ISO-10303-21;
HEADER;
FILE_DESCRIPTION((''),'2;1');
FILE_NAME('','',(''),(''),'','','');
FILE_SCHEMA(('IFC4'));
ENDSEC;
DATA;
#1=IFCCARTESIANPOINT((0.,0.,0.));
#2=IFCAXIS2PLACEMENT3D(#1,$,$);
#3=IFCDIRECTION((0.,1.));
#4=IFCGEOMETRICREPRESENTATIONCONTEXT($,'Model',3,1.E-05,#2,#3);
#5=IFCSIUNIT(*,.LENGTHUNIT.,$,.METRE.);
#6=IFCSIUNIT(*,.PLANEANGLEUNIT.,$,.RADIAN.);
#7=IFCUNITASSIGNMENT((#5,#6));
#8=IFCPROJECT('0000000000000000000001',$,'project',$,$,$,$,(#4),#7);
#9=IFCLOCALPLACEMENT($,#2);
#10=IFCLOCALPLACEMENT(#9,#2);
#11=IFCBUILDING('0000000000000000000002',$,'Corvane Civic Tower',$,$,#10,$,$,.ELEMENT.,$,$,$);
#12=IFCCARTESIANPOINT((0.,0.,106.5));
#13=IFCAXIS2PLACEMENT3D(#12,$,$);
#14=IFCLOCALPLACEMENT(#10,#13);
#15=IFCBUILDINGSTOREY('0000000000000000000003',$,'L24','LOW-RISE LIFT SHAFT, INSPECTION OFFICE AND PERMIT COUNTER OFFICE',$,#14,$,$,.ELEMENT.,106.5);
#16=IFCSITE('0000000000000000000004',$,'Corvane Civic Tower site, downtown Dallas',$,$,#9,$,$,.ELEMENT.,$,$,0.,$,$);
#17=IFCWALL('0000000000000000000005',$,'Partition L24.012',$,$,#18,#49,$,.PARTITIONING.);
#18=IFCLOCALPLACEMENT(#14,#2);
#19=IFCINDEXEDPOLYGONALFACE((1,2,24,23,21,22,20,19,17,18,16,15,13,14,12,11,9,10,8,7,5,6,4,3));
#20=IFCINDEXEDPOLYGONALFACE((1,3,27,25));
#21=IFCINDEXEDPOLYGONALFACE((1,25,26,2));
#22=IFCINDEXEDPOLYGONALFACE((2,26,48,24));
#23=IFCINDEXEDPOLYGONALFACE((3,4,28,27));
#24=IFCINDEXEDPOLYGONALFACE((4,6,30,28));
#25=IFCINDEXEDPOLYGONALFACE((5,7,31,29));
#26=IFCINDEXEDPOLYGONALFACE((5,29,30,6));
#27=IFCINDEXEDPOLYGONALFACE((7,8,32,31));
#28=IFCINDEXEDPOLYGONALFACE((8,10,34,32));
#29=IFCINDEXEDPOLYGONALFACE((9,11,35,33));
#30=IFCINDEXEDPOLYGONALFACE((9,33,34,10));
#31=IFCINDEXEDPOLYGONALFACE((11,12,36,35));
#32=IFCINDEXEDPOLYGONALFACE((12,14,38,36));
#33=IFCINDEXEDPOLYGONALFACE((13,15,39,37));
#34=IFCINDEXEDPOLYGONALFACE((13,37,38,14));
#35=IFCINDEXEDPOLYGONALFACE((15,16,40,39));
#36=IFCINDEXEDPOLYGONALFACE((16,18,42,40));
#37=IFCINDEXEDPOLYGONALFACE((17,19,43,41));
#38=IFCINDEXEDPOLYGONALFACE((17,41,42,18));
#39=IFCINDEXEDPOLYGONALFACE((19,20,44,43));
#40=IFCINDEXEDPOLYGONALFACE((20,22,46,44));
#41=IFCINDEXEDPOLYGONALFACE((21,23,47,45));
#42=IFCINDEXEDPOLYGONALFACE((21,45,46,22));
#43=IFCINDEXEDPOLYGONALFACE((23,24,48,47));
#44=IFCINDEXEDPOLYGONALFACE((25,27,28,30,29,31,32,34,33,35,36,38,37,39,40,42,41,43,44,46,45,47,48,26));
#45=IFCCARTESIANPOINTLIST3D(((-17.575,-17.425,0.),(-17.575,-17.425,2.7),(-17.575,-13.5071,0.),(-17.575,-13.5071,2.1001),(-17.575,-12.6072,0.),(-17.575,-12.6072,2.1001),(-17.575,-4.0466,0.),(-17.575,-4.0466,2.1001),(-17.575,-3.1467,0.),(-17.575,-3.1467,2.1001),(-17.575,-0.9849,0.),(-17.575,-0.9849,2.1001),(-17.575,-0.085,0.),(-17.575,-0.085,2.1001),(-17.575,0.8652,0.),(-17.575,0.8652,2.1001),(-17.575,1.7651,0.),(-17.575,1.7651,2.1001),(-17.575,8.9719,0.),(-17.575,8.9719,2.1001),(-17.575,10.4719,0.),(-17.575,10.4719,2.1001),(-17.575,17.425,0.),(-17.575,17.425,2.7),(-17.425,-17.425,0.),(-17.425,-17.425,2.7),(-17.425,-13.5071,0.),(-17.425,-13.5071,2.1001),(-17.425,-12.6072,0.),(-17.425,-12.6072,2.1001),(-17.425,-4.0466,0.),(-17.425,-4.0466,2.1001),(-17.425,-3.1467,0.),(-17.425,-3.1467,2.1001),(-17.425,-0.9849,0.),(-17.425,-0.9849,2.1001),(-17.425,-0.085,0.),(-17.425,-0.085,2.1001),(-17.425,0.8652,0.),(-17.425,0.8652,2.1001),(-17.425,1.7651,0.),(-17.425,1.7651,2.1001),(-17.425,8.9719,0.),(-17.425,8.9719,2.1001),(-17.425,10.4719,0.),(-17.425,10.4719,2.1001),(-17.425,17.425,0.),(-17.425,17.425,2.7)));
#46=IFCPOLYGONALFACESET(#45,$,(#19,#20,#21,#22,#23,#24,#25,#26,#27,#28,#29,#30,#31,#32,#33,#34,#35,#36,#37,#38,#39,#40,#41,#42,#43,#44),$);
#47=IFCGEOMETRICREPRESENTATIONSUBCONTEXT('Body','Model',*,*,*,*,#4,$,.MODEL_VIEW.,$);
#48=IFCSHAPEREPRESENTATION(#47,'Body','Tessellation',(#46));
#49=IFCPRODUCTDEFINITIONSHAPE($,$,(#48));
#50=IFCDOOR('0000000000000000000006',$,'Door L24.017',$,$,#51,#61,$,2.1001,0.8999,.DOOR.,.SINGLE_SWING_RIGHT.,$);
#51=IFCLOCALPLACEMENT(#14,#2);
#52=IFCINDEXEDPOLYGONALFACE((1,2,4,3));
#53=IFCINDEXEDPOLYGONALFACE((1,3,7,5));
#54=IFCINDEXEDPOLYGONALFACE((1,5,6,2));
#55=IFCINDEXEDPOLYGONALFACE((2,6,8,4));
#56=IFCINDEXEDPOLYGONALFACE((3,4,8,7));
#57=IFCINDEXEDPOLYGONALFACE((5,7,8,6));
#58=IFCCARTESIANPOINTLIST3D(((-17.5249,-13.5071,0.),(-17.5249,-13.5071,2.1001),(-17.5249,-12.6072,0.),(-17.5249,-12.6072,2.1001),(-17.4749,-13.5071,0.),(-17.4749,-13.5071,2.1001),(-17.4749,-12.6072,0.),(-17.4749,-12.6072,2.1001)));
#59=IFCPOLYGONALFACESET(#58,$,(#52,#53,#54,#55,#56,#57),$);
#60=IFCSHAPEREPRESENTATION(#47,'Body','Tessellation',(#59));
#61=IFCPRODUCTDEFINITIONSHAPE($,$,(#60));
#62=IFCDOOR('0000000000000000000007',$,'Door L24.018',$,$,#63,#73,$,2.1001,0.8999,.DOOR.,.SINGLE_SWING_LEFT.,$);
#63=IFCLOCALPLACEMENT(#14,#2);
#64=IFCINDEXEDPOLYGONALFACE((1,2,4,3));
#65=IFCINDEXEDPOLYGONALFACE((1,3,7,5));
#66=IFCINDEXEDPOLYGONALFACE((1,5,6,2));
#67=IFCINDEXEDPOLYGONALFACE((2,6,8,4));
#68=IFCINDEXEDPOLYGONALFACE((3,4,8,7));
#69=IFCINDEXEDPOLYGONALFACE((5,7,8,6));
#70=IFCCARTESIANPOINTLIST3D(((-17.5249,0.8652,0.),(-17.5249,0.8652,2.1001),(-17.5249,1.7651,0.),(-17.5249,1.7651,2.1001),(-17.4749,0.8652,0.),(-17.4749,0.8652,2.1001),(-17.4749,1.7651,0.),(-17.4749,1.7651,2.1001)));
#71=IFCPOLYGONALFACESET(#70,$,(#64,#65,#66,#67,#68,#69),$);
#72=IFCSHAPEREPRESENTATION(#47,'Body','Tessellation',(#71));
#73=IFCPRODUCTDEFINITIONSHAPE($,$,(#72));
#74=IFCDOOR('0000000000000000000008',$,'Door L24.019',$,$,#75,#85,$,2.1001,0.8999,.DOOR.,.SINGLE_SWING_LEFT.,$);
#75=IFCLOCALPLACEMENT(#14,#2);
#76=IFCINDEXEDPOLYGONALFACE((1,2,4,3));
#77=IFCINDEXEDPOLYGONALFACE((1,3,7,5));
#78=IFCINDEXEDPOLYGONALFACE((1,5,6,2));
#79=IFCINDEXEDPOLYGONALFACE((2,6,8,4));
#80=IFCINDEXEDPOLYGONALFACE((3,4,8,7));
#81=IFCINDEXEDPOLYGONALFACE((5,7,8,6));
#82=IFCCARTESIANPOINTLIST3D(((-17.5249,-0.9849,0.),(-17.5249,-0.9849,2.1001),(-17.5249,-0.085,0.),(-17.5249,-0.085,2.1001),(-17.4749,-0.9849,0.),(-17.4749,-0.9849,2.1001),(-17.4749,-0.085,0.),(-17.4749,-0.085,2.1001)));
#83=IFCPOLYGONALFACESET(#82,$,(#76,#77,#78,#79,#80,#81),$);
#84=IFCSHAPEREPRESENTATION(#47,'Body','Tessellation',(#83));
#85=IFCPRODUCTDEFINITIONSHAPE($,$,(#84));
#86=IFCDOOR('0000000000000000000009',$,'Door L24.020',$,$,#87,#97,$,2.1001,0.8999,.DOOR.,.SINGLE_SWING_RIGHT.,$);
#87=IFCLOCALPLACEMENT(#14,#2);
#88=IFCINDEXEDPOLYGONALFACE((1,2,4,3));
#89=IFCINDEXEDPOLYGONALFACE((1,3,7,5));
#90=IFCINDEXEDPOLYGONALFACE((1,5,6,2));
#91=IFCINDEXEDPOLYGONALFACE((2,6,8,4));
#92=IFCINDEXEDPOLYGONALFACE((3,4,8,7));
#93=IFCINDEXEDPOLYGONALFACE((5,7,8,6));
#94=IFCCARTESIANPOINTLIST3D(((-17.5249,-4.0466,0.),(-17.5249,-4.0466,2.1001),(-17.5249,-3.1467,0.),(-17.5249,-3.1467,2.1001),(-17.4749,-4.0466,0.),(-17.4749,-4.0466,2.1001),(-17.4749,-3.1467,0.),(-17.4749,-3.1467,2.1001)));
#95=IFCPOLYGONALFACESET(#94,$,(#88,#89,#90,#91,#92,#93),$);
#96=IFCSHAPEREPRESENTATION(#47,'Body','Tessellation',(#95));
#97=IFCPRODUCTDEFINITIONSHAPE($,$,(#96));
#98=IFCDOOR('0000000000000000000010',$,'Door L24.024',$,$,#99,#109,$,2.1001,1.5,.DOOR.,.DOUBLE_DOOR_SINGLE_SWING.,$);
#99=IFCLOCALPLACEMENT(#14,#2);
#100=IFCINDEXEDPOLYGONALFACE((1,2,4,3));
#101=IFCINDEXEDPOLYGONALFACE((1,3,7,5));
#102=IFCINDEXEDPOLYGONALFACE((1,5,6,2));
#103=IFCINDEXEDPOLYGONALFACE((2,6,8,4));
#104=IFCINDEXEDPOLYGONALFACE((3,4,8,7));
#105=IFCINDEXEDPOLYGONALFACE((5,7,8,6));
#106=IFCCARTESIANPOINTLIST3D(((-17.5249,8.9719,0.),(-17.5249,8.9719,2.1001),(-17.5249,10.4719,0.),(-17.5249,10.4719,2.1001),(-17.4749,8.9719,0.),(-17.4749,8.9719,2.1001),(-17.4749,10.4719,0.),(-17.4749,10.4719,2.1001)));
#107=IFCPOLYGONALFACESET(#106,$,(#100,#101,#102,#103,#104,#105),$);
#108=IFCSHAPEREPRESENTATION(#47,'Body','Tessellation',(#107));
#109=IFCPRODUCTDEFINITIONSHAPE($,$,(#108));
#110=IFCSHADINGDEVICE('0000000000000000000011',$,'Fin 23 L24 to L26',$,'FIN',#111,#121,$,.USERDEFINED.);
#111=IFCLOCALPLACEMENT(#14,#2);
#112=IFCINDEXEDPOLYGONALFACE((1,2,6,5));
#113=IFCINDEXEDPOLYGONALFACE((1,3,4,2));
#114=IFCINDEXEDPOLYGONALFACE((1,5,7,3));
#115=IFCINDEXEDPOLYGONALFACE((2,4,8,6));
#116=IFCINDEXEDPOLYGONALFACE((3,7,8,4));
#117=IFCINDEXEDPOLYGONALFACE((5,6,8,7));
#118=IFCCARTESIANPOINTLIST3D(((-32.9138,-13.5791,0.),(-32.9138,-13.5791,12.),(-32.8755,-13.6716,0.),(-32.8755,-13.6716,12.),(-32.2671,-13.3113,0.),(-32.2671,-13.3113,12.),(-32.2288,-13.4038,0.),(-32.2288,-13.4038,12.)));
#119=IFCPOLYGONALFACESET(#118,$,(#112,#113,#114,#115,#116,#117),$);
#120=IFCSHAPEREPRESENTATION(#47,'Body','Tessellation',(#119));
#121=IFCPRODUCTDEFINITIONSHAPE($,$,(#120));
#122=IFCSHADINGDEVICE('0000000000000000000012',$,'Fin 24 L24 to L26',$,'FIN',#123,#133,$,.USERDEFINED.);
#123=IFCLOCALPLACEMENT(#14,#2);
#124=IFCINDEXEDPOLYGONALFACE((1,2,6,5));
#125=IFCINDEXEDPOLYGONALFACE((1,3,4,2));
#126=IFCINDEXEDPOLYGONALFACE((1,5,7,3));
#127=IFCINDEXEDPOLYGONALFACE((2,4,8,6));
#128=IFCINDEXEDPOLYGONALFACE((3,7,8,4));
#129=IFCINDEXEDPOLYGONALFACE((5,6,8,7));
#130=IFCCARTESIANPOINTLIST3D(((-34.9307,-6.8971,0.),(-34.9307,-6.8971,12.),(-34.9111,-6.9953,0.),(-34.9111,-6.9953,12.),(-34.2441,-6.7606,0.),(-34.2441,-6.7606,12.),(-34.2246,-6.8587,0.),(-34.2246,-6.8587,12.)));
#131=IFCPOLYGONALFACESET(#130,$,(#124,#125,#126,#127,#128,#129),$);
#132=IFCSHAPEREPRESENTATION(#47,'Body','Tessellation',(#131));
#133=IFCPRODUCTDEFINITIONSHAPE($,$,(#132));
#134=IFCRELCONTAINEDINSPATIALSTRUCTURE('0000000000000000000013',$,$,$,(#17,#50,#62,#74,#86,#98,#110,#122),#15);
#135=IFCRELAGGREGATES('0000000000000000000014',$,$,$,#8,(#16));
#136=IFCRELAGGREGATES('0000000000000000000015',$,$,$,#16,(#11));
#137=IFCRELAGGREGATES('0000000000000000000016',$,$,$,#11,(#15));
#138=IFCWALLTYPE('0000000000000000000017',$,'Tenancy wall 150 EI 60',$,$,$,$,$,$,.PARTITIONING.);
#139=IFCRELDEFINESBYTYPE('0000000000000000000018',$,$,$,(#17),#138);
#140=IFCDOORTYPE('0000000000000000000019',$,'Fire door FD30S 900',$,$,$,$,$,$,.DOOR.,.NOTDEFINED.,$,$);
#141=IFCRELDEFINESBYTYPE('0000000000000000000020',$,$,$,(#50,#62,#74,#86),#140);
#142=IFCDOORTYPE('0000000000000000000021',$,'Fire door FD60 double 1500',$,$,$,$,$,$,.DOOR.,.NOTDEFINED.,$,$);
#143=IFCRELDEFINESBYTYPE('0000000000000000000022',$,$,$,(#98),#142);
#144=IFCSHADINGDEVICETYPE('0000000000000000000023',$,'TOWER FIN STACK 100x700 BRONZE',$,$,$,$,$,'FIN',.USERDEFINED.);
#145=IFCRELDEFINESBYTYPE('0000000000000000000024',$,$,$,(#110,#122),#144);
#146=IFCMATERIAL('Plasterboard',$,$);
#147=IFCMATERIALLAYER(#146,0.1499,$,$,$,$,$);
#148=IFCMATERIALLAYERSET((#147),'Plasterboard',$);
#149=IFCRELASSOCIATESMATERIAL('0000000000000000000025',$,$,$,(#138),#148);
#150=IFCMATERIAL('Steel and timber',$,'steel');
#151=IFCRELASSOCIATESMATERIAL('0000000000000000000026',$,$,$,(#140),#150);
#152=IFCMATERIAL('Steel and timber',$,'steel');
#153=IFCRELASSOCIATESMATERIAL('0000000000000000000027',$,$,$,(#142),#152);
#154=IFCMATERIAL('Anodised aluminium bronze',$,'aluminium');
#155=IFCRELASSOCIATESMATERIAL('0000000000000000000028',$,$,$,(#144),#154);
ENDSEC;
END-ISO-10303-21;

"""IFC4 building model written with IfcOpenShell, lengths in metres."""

from ifc_helpers import new_model, si_unit, direction, frame, frame_2d, origin, origin_2d, place, context, subcontext, project, spatial, rectangle, extrude, material, layer, layer_set, material_profile, profile_set, type_object, element, fill, save


model = new_model("IFC4")

# Units and contexts
model_context = context("Model", 3, precision=1e-05, world=origin(), true_north=direction((0.0, 1.0)))
body_context = subcontext(model_context, "Body", "Model", "MODEL_VIEW")
ifc_project = project(units=[si_unit("LENGTHUNIT", "METRE"), si_unit("PLANEANGLEUNIT", "RADIAN")], contexts=[model_context])

# Site, building, storey
site_placement = place(None, origin())
site = spatial("IfcSite", under=ifc_project, at=site_placement, Name="Corvane Civic Tower site, downtown Dallas", CompositionType="ELEMENT", RefElevation=0.0)
building_placement = place(site_placement, origin())
building = spatial("IfcBuilding", under=site, at=building_placement, Name="Corvane Civic Tower", CompositionType="ELEMENT")
storey_placement = place(building_placement, frame((0.0, 0.0, 106.5)))
storey = spatial("IfcBuildingStorey", under=building, at=storey_placement, Name="L24", Description="LOW-RISE LIFT SHAFT, INSPECTION OFFICE AND PERMIT COUNTER OFFICE", CompositionType="ELEMENT", Elevation=106.5)

# Wall, openings, doors
ifc_material_1 = material(Name="Plasterboard")
ifc_layer_1 = layer(ifc_material_1, 0.1499)
ifc_layer_set_1 = layer_set([ifc_layer_1], Name="Plasterboard")
wall_type_1 = type_object("IfcWallType", Name="Tenancy wall 150 EI 60", PredefinedType="PARTITIONING", material=ifc_layer_set_1)
ifc_material_2 = material(Name="Steel and timber", Category="steel")
door_type_1 = type_object("IfcDoorType", Name="Fire door FD30S 900", OperationType="NOTDEFINED", PredefinedType="DOOR", material=ifc_material_2)
ifc_material_3 = material(Name="Steel and timber", Category="steel")
door_type_2 = type_object("IfcDoorType", Name="Fire door FD60 double 1500", OperationType="NOTDEFINED", PredefinedType="DOOR", material=ifc_material_3)
wall_1_placement = place(storey_placement, frame((-17.5, -17.425, 0.0), z_axis=(0.0, 0.0, 1.0), x_axis=(0.0, 1.0, 0.0)))
wall_1 = element("IfcWall", 1, at=wall_1_placement, inside=storey, type_object=wall_type_1, Name="Partition L24.012", PredefinedType="PARTITIONING", context=body_context, shape_type="SweptSolid", body=[
    extrude(rectangle(XDim=34.8501, YDim=0.1499, at=frame_2d((17.425, 0.0))), origin(), (0.0, 0.0, 1.0), 2.7),
])
opening_1_placement = place(wall_1_placement, frame((3.918, 0.0, 0.0)))
opening_1 = element("IfcOpeningElement", 2, at=opening_1_placement, cuts=wall_1, PredefinedType="OPENING", context=body_context, shape_type="SweptSolid", body=[
    extrude(rectangle(XDim=0.8999, YDim=2.1001, at=frame_2d((0.45, 1.05))), frame((0.0, 0.085, 0.0), z_axis=(0.0, -1.0, 0.0), x_axis=(1.0, 0.0, 0.0)), (0.0, 0.0, 1.0), 0.1699),
])
opening_2_placement = place(wall_1_placement, frame((18.2903, 0.0, 0.0)))
opening_2 = element("IfcOpeningElement", 3, at=opening_2_placement, cuts=wall_1, PredefinedType="OPENING", context=body_context, shape_type="SweptSolid", body=[
    extrude(rectangle(XDim=0.8999, YDim=2.1001, at=frame_2d((0.45, 1.05))), frame((0.0, 0.085, 0.0), z_axis=(0.0, -1.0, 0.0), x_axis=(1.0, 0.0, 0.0)), (0.0, 0.0, 1.0), 0.1699),
])
opening_3_placement = place(wall_1_placement, frame((16.4402, 0.0, 0.0)))
opening_3 = element("IfcOpeningElement", 4, at=opening_3_placement, cuts=wall_1, PredefinedType="OPENING", context=body_context, shape_type="SweptSolid", body=[
    extrude(rectangle(XDim=0.8999, YDim=2.1001, at=frame_2d((0.45, 1.05))), frame((0.0, 0.085, 0.0), z_axis=(0.0, -1.0, 0.0), x_axis=(1.0, 0.0, 0.0)), (0.0, 0.0, 1.0), 0.1699),
])
opening_4_placement = place(wall_1_placement, frame((13.3784, 0.0, 0.0)))
opening_4 = element("IfcOpeningElement", 5, at=opening_4_placement, cuts=wall_1, PredefinedType="OPENING", context=body_context, shape_type="SweptSolid", body=[
    extrude(rectangle(XDim=0.8999, YDim=2.1001, at=frame_2d((0.45, 1.05))), frame((0.0, 0.085, 0.0), z_axis=(0.0, -1.0, 0.0), x_axis=(1.0, 0.0, 0.0)), (0.0, 0.0, 1.0), 0.1699),
])
opening_5_placement = place(wall_1_placement, frame((26.397, 0.0, 0.0)))
opening_5 = element("IfcOpeningElement", 6, at=opening_5_placement, cuts=wall_1, PredefinedType="OPENING", context=body_context, shape_type="SweptSolid", body=[
    extrude(rectangle(XDim=1.5, YDim=2.1001, at=frame_2d((0.75, 1.05))), frame((0.0, 0.085, 0.0), z_axis=(0.0, -1.0, 0.0), x_axis=(1.0, 0.0, 0.0)), (0.0, 0.0, 1.0), 0.1699),
])
door_1_placement = place(opening_1_placement, origin())
door_1 = element("IfcDoor", 7, at=door_1_placement, inside=storey, type_object=door_type_1, Name="Door L24.017", OperationType="SINGLE_SWING_RIGHT", OverallHeight=2.1001, OverallWidth=0.8999, PredefinedType="DOOR", context=body_context, shape_type="SweptSolid", body=[
    extrude(rectangle(XDim=0.8999, YDim=2.1001, at=frame_2d((0.45, 1.05))), frame((0.0, 0.0249, 0.0), z_axis=(0.0, -1.0, 0.0), x_axis=(1.0, 0.0, 0.0)), (0.0, 0.0, 1.0), 0.05),
])
fill(opening_1, door_1)
door_2_placement = place(opening_2_placement, origin())
door_2 = element("IfcDoor", 8, at=door_2_placement, inside=storey, type_object=door_type_1, Name="Door L24.018", OperationType="SINGLE_SWING_LEFT", OverallHeight=2.1001, OverallWidth=0.8999, PredefinedType="DOOR", context=body_context, shape_type="SweptSolid", body=[
    extrude(rectangle(XDim=0.8999, YDim=2.1001, at=frame_2d((0.45, 1.05))), frame((0.0, 0.0249, 0.0), z_axis=(0.0, -1.0, 0.0), x_axis=(1.0, 0.0, 0.0)), (0.0, 0.0, 1.0), 0.05),
])
fill(opening_2, door_2)
door_3_placement = place(opening_3_placement, origin())
door_3 = element("IfcDoor", 9, at=door_3_placement, inside=storey, type_object=door_type_1, Name="Door L24.019", OperationType="SINGLE_SWING_LEFT", OverallHeight=2.1001, OverallWidth=0.8999, PredefinedType="DOOR", context=body_context, shape_type="SweptSolid", body=[
    extrude(rectangle(XDim=0.8999, YDim=2.1001, at=frame_2d((0.45, 1.05))), frame((0.0, 0.0249, 0.0), z_axis=(0.0, -1.0, 0.0), x_axis=(1.0, 0.0, 0.0)), (0.0, 0.0, 1.0), 0.05),
])
fill(opening_3, door_3)
door_4_placement = place(opening_4_placement, origin())
door_4 = element("IfcDoor", 10, at=door_4_placement, inside=storey, type_object=door_type_1, Name="Door L24.020", OperationType="SINGLE_SWING_RIGHT", OverallHeight=2.1001, OverallWidth=0.8999, PredefinedType="DOOR", context=body_context, shape_type="SweptSolid", body=[
    extrude(rectangle(XDim=0.8999, YDim=2.1001, at=frame_2d((0.45, 1.05))), frame((0.0, 0.0249, 0.0), z_axis=(0.0, -1.0, 0.0), x_axis=(1.0, 0.0, 0.0)), (0.0, 0.0, 1.0), 0.05),
])
fill(opening_4, door_4)
door_5_placement = place(opening_5_placement, origin())
door_5 = element("IfcDoor", 11, at=door_5_placement, inside=storey, type_object=door_type_2, Name="Door L24.024", OperationType="DOUBLE_DOOR_SINGLE_SWING", OverallHeight=2.1001, OverallWidth=1.5, PredefinedType="DOOR", context=body_context, shape_type="SweptSolid", body=[
    extrude(rectangle(XDim=1.5, YDim=2.1001, at=frame_2d((0.75, 1.05))), frame((0.0, 0.0249, 0.0), z_axis=(0.0, -1.0, 0.0), x_axis=(1.0, 0.0, 0.0)), (0.0, 0.0, 1.0), 0.05),
])
fill(opening_5, door_5)

# Shading devices
ifc_material_4 = material(Name="Anodised aluminium bronze", Category="aluminium")
ifc_material_profile_1 = material_profile(ifc_material_4, rectangle(XDim=0.1001, YDim=0.7, at=origin_2d()), Name="TOWER FIN STACK 100x700 BRONZE")
ifc_profile_set_1 = profile_set([ifc_material_profile_1], Name="Anodised aluminium bronze")
shading_device_type = type_object("IfcShadingDeviceType", Name="TOWER FIN STACK 100x700 BRONZE", ElementType="FIN", PredefinedType="USERDEFINED", material=ifc_profile_set_1)
for number, where, z_axis, x_axis, name in (
    (12, (-32.5713, -13.4915, 0.0), (0.0, 0.0, 1.0), (-0.382683, 0.92388, 0.0), "Fin 23 L24 to L26"),
    (13, (-34.5776, -6.8779, 0.0), (0.0, 0.0, 1.0), (-0.19509, 0.980785, 0.0), "Fin 24 L24 to L26"),
):
    element("IfcShadingDevice", number, at=place(storey_placement, frame(where, z_axis=z_axis, x_axis=x_axis)), inside=storey, type_object=shading_device_type, Name=name, ObjectType="FIN", PredefinedType="USERDEFINED", context=body_context, shape_type="SweptSolid", body=[
        extrude(rectangle(XDim=0.1001, YDim=0.7, at=origin_2d()), origin(), (0.0, 0.0, 1.0), 12.0),
    ])

save(model, "model.ifc")
